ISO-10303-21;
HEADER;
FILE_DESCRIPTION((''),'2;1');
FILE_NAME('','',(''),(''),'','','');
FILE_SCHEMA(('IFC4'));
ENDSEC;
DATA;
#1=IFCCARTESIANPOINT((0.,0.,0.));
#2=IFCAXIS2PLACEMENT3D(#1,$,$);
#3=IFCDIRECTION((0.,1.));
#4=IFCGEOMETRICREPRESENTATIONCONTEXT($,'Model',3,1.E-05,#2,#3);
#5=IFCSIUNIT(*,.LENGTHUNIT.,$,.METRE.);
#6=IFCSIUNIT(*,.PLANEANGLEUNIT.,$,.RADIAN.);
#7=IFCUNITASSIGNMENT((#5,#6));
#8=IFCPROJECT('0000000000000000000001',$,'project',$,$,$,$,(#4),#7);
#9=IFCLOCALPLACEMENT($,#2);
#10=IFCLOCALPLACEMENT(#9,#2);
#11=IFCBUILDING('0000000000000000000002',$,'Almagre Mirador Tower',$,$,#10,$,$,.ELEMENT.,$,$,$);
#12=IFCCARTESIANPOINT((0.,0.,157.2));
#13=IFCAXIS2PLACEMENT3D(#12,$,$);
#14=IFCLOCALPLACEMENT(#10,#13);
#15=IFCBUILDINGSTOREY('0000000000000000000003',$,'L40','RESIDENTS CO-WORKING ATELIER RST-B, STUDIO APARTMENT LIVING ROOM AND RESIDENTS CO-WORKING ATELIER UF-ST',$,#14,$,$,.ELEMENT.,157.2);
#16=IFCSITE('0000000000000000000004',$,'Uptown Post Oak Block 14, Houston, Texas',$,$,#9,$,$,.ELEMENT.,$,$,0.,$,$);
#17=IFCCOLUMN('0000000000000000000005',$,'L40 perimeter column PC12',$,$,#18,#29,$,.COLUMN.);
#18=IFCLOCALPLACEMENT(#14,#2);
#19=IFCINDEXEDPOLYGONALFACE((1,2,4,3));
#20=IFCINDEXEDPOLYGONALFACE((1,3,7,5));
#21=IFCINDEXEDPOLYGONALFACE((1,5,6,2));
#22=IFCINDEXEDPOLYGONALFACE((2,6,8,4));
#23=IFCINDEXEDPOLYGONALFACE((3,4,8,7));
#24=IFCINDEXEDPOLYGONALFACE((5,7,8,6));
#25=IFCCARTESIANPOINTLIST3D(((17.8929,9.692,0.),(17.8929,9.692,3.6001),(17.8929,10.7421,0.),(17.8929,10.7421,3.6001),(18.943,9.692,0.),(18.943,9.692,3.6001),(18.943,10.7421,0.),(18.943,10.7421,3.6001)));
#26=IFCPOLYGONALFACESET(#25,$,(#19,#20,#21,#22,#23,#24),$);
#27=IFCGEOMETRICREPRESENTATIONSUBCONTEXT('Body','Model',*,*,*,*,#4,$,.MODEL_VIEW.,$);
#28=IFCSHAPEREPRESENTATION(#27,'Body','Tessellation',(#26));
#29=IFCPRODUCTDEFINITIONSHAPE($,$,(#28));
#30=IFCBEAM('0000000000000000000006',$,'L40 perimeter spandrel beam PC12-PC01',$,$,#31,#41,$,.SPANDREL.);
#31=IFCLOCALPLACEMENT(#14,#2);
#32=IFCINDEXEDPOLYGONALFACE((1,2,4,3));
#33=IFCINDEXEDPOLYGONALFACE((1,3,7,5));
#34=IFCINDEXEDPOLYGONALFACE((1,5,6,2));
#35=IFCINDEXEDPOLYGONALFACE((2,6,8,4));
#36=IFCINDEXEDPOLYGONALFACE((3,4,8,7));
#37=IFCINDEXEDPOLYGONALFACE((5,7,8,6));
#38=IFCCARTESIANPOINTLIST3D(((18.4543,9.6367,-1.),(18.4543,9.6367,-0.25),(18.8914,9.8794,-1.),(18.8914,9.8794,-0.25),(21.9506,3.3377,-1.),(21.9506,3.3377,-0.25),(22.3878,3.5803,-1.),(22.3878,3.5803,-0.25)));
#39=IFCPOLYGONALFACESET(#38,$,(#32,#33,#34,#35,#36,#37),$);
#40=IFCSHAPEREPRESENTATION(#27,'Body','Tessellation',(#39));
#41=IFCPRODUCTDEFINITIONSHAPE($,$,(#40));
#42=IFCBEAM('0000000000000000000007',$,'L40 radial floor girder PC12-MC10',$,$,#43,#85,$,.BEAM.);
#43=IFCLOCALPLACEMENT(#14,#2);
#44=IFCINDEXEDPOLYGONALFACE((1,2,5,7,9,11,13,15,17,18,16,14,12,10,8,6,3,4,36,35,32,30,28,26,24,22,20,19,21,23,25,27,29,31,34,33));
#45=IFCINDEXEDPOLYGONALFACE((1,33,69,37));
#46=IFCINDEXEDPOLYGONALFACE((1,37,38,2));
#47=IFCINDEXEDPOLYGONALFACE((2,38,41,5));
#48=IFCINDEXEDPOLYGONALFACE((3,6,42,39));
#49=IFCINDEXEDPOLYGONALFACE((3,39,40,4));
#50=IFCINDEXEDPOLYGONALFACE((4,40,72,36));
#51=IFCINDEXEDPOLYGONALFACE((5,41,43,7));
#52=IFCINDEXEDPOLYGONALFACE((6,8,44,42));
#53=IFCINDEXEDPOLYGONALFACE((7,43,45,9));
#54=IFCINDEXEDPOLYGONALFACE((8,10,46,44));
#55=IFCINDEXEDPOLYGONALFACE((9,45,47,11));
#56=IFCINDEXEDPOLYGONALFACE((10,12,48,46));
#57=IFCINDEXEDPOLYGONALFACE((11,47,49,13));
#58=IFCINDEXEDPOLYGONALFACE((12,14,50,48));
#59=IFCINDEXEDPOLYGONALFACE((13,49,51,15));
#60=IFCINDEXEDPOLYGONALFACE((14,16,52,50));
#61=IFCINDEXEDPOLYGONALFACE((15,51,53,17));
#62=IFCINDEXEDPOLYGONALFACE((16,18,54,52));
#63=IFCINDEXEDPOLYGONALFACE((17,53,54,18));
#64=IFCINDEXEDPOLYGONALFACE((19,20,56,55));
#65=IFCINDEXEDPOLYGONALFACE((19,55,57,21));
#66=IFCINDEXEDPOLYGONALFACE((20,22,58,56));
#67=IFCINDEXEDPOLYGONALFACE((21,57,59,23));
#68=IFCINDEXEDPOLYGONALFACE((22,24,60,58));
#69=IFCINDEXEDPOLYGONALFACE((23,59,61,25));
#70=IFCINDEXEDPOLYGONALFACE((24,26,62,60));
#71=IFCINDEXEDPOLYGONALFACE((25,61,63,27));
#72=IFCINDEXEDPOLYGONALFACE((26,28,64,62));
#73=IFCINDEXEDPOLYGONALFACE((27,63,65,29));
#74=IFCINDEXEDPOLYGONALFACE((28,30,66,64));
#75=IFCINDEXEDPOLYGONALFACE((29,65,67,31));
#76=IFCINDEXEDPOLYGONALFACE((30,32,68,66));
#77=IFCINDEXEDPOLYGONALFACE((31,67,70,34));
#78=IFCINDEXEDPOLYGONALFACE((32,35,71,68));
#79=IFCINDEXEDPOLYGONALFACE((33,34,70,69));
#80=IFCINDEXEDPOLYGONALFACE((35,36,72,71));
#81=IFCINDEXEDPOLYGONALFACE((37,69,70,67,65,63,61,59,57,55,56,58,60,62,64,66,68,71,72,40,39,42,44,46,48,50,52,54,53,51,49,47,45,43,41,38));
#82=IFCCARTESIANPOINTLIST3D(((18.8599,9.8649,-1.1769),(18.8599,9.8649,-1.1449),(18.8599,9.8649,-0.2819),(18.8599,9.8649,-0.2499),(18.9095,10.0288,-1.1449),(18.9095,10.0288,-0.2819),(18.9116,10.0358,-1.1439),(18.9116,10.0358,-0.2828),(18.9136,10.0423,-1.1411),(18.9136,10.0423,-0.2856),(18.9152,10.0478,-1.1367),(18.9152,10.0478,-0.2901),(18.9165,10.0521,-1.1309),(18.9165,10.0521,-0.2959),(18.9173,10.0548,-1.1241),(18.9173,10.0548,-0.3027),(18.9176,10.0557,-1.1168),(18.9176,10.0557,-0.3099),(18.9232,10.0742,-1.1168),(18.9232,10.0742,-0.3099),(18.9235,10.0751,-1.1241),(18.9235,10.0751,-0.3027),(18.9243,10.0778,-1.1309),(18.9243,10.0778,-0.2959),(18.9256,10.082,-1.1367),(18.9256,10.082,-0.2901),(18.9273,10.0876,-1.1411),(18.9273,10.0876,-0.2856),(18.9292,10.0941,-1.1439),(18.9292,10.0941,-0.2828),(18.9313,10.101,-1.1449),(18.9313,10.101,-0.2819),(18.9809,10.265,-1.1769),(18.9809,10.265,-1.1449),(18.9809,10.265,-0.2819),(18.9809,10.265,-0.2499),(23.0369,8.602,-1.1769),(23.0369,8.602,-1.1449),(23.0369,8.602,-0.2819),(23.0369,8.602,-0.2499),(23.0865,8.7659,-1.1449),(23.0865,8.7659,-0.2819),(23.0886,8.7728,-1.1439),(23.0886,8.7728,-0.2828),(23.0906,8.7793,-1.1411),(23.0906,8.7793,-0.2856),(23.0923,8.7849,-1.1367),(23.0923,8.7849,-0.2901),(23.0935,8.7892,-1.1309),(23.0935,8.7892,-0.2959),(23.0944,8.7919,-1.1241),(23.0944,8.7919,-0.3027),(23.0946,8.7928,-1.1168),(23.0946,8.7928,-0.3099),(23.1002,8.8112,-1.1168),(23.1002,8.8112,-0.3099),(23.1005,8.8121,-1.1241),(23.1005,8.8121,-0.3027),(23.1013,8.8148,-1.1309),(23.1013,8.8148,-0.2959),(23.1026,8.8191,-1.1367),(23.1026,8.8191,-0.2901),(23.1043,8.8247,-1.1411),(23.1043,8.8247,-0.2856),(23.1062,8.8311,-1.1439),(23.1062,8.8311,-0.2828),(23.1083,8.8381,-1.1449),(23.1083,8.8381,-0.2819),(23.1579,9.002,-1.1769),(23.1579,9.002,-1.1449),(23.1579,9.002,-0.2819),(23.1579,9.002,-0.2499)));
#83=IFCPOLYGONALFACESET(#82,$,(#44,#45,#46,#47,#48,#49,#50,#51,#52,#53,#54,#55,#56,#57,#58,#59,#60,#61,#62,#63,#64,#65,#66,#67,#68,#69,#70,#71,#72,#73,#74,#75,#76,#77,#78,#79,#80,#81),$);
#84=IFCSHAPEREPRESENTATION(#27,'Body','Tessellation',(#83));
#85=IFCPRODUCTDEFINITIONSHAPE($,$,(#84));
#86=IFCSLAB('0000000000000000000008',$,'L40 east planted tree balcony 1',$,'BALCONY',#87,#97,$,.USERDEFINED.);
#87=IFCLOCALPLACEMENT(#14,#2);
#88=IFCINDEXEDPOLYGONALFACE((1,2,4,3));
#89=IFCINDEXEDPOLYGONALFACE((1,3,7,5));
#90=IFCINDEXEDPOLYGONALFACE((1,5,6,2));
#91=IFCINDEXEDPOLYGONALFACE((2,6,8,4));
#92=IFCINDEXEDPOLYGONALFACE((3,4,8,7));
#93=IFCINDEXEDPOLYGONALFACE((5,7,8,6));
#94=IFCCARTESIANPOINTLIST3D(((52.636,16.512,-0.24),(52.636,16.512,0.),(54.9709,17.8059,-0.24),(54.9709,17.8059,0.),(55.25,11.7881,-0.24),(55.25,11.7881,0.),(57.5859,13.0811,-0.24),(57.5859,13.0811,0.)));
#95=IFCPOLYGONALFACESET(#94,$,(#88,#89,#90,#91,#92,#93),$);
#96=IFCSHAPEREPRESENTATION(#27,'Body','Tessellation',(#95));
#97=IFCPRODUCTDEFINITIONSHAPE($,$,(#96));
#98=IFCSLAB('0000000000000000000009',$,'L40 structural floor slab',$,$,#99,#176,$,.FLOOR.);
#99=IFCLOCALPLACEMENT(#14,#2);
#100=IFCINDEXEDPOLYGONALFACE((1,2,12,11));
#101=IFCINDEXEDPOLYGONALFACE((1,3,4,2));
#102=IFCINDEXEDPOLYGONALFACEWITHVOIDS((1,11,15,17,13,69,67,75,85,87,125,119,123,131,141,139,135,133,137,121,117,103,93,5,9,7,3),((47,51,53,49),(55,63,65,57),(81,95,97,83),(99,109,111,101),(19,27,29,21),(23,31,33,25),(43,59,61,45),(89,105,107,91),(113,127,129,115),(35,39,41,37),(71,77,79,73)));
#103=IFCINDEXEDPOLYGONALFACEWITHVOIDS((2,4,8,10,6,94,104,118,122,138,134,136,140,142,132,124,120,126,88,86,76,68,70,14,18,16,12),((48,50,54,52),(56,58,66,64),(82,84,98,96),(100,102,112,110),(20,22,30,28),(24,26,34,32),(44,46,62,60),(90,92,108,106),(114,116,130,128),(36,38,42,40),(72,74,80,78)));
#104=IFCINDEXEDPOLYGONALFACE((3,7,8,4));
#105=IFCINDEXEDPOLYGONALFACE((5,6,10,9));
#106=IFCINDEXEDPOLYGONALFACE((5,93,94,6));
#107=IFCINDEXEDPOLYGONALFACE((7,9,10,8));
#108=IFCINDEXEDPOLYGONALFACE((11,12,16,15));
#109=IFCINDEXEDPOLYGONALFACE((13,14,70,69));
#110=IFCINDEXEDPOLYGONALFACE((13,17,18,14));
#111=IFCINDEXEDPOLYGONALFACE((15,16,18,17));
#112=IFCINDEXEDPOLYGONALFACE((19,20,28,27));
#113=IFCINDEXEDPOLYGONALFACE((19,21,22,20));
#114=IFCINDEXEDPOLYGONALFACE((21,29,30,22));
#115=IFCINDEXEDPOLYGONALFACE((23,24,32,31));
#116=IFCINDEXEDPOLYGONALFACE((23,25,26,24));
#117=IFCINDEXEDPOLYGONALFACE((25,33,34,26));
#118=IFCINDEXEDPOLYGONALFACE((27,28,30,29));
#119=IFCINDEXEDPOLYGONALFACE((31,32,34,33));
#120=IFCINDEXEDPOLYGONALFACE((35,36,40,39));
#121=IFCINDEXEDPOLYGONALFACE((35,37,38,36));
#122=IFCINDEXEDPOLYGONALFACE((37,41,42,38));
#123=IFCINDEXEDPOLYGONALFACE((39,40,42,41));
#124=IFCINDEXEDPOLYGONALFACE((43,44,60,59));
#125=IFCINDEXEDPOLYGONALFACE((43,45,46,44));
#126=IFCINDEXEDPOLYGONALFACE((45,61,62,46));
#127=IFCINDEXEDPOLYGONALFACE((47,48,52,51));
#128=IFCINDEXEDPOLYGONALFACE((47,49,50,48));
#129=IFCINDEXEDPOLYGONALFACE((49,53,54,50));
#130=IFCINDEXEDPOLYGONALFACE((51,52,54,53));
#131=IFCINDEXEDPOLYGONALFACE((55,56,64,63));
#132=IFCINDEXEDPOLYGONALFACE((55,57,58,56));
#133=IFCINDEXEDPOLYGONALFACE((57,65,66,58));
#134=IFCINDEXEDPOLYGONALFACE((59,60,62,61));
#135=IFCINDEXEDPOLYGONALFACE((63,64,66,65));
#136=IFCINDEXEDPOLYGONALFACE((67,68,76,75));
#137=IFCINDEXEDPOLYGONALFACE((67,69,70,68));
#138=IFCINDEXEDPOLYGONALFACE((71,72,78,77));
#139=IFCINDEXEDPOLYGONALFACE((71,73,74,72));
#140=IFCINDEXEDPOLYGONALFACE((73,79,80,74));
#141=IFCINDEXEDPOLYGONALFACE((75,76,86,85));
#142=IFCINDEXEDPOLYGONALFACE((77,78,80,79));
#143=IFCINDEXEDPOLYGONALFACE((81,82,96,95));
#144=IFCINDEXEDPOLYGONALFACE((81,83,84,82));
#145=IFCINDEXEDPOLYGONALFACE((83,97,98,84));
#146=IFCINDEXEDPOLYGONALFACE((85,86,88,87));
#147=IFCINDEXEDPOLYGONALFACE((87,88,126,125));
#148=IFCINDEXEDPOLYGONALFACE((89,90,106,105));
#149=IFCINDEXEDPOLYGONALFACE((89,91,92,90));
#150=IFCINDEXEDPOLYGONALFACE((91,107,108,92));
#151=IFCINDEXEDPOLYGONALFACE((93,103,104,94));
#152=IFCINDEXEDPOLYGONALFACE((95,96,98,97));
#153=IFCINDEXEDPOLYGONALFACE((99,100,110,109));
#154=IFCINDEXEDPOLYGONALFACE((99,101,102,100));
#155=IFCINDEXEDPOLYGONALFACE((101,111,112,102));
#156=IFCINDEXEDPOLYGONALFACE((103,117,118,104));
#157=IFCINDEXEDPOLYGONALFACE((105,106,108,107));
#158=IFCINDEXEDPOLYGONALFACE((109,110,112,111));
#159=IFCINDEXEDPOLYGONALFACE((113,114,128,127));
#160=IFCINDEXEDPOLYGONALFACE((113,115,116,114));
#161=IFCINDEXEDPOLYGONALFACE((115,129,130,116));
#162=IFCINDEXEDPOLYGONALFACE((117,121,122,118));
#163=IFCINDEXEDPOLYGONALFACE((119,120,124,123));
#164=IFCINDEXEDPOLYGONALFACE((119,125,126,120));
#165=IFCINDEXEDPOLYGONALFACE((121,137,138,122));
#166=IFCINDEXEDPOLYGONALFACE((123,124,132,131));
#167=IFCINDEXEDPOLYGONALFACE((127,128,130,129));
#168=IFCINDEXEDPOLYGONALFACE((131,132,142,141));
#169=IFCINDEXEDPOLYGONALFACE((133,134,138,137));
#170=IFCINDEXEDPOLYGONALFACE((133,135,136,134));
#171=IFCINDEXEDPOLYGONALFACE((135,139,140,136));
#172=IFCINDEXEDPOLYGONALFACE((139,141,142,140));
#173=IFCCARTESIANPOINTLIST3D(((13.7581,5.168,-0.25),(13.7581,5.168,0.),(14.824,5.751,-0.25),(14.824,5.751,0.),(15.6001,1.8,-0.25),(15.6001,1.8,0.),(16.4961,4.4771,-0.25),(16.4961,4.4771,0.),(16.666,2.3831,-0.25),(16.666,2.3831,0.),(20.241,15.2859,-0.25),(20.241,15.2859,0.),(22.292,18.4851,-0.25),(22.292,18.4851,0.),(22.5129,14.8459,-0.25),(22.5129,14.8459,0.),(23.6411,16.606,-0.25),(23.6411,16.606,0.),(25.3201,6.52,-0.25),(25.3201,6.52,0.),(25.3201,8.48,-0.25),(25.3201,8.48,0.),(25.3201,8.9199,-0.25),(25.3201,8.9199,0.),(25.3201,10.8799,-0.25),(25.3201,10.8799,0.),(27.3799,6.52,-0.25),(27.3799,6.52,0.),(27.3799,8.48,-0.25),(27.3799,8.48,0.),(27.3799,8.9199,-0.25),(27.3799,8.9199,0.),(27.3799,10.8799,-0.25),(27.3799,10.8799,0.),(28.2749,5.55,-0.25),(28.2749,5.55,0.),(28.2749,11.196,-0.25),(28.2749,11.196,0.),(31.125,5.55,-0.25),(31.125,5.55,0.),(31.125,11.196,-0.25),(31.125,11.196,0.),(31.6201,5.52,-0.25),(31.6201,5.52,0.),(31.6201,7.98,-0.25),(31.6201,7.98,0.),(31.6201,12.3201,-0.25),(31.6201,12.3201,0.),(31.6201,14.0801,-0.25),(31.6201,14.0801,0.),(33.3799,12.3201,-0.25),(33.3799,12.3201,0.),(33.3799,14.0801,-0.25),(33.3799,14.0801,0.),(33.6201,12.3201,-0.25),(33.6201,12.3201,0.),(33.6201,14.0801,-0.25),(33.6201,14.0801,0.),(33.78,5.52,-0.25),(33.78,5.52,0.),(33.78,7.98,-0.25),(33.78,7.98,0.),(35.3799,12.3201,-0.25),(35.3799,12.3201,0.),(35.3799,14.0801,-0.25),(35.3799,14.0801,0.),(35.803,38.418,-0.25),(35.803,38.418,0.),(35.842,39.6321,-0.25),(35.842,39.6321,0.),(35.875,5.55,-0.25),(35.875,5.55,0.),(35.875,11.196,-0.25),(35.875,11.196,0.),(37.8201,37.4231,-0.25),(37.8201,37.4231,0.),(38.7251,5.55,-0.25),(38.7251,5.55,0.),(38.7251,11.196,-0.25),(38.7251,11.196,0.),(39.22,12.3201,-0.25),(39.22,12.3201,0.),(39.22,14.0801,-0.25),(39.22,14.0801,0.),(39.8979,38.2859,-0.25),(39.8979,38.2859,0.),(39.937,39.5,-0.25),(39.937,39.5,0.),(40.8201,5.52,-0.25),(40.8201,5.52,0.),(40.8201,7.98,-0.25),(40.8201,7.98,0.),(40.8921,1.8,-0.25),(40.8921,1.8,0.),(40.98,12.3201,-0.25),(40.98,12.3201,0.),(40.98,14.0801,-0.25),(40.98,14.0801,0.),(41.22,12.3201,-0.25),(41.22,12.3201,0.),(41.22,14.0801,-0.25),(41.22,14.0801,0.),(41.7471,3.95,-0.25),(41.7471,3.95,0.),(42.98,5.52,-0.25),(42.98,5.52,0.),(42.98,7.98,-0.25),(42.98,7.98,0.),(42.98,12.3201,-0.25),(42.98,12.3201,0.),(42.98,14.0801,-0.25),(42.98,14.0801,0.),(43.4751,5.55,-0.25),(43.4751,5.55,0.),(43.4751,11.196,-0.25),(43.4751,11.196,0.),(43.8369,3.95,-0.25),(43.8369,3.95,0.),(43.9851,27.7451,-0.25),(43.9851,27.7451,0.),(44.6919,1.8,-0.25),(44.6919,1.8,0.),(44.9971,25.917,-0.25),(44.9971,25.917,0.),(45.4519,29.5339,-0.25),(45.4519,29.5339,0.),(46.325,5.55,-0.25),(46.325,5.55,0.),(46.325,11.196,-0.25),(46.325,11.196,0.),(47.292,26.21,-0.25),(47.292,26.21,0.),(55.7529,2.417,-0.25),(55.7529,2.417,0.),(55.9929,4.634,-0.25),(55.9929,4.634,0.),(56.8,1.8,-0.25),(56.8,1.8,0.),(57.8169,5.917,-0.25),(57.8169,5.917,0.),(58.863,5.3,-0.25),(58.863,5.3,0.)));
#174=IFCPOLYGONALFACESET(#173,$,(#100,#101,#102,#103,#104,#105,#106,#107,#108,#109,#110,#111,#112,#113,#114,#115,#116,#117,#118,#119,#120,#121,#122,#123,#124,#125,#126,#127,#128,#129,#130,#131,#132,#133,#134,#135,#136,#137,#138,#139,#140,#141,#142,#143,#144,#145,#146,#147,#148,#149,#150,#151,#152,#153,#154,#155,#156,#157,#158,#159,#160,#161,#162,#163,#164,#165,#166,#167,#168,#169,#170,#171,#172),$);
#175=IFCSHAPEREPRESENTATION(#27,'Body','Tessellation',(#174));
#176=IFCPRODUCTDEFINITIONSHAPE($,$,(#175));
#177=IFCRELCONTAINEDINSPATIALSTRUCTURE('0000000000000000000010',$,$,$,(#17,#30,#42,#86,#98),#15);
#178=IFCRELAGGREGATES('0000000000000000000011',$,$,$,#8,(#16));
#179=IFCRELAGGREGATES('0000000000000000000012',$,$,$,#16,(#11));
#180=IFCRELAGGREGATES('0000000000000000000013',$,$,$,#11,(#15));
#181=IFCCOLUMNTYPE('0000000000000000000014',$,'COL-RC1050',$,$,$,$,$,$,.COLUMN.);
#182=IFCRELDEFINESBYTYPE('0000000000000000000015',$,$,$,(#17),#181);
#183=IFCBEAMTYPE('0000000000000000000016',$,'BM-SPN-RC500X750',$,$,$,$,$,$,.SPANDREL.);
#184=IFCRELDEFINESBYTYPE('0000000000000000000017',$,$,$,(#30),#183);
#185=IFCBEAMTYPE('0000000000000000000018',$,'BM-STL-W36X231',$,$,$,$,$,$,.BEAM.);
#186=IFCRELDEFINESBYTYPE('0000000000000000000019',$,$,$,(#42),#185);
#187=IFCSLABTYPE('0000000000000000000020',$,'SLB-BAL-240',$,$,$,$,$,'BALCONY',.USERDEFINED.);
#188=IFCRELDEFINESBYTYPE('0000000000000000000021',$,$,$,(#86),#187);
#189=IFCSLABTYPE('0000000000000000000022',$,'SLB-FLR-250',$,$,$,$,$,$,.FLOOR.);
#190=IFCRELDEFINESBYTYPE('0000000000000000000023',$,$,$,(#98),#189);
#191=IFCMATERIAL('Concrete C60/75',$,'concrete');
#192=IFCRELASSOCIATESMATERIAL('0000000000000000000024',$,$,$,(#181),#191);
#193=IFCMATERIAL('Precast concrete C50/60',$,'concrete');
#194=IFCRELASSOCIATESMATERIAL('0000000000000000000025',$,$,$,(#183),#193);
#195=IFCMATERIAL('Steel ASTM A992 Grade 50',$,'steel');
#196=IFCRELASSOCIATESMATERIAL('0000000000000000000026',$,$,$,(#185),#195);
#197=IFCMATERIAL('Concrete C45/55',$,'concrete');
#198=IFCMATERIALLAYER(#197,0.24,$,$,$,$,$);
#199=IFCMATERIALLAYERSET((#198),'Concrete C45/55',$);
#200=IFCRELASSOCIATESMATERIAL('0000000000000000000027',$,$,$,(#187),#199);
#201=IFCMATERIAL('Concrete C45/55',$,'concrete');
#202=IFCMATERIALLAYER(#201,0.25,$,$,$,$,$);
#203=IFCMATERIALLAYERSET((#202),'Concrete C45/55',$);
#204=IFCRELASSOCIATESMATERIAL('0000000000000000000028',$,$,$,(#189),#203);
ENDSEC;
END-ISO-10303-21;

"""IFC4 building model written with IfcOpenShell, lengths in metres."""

from ifc_helpers import new_model, si_unit, direction, frame, origin, origin_2d, place, context, subcontext, project, spatial, polyline, rectangle, i_section, outline, extrude, material, layer, layer_set, material_profile, profile_set, type_object, element, save


model = new_model("IFC4")

# Units and contexts
model_context = context("Model", 3, precision=1e-05, world=origin(), true_north=direction((0.0, 1.0)))
body_context = subcontext(model_context, "Body", "Model", "MODEL_VIEW")
ifc_project = project(units=[si_unit("LENGTHUNIT", "METRE"), si_unit("PLANEANGLEUNIT", "RADIAN")], contexts=[model_context])

# Site, building, storey
site_placement = place(None, origin())
site = spatial("IfcSite", under=ifc_project, at=site_placement, Name="Uptown Post Oak Block 14, Houston, Texas", CompositionType="ELEMENT", RefElevation=0.0)
building_placement = place(site_placement, origin())
building = spatial("IfcBuilding", under=site, at=building_placement, Name="Almagre Mirador Tower", CompositionType="ELEMENT")
storey_placement = place(building_placement, frame((0.0, 0.0, 157.2)))
storey = spatial("IfcBuildingStorey", under=building, at=storey_placement, Name="L40", Description="RESIDENTS CO-WORKING ATELIER RST-B, STUDIO APARTMENT LIVING ROOM AND RESIDENTS CO-WORKING ATELIER UF-ST", CompositionType="ELEMENT", Elevation=157.2)

# Column
ifc_material_1 = material(Name="Concrete C60/75", Category="concrete")
ifc_material_profile_1 = material_profile(ifc_material_1, rectangle(XDim=1.05, YDim=1.05, at=origin_2d()), Name="RC1050X1050")
ifc_profile_set_1 = profile_set([ifc_material_profile_1], Name="Concrete C60/75")
column_type = type_object("IfcColumnType", Name="COL-RC1050", PredefinedType="COLUMN", material=ifc_profile_set_1)
column_placement = place(storey_placement, frame((18.418, 10.217, 0.0), z_axis=(0.0, 0.0, 1.0), x_axis=(1.0, 0.0, 0.0)))
element("IfcColumn", 1, at=column_placement, inside=storey, type_object=column_type, Name="L40 perimeter column PC12", PredefinedType="COLUMN", context=body_context, shape_type="SweptSolid", body=[
    extrude(rectangle(XDim=1.05, YDim=1.05, at=origin_2d()), origin(), (0.0, 0.0, 1.0), 3.6001),
])

# Beams
ifc_material_2 = material(Name="Precast concrete C50/60", Category="concrete")
ifc_material_profile_2 = material_profile(ifc_material_2, rectangle(XDim=0.5, YDim=0.75, at=origin_2d()), Name="RC500X750")
ifc_profile_set_2 = profile_set([ifc_material_profile_2], Name="Precast concrete C50/60")
beam_type_1 = type_object("IfcBeamType", Name="BM-SPN-RC500X750", PredefinedType="SPANDREL", material=ifc_profile_set_2)
beam_1_placement = place(storey_placement, frame((18.6729, 9.7581, -0.625), z_axis=(0.485309, -0.874343, 0.0), x_axis=(0.874343, 0.485309, 0.0)))
element("IfcBeam", 2, at=beam_1_placement, inside=storey, type_object=beam_type_1, Name="L40 perimeter spandrel beam PC12-PC01", PredefinedType="SPANDREL", context=body_context, shape_type="SweptSolid", body=[
    extrude(rectangle(XDim=0.5, YDim=0.75, at=origin_2d()), origin(), (0.0, 0.0, 1.0), 7.2043),
])
ifc_material_3 = material(Name="Steel ASTM A992 Grade 50", Category="steel")
ifc_material_profile_3 = material_profile(ifc_material_3, i_section(OverallWidth=0.418, OverallDepth=0.927, WebThickness=0.0193, FlangeThickness=0.032, FilletRadius=0.0281, at=origin_2d()), Name="W36X231")
ifc_profile_set_3 = profile_set([ifc_material_profile_3], Name="Steel ASTM A992 Grade 50")
beam_type_2 = type_object("IfcBeamType", Name="BM-STL-W36X231", PredefinedType="BEAM", material=ifc_profile_set_3)
beam_2_placement = place(storey_placement, frame((18.9204, 10.0649, -0.7134), z_axis=(0.957203, -0.289416, 0.0), x_axis=(0.289416, 0.957203, 0.0)))
element("IfcBeam", 3, at=beam_2_placement, inside=storey, type_object=beam_type_2, Name="L40 radial floor girder PC12-MC10", PredefinedType="BEAM", context=body_context, shape_type="SweptSolid", body=[
    extrude(i_section(OverallWidth=0.418, OverallDepth=0.927, WebThickness=0.0193, FlangeThickness=0.032, FilletRadius=0.0281, at=origin_2d()), origin(), (0.0, 0.0, 1.0), 4.3638),
])

# Slabs
ifc_material_4 = material(Name="Concrete C45/55", Category="concrete")
ifc_layer_1 = layer(ifc_material_4, 0.24)
ifc_layer_set_1 = layer_set([ifc_layer_1], Name="Concrete C45/55")
slab_type_1 = type_object("IfcSlabType", Name="SLB-BAL-240", ElementType="BALCONY", PredefinedType="USERDEFINED", material=ifc_layer_set_1)
slab_1_placement = place(storey_placement, frame((0.0, 0.0, -0.24)))
element("IfcSlab", 4, at=slab_1_placement, inside=storey, type_object=slab_type_1, Name="L40 east planted tree balcony 1", ObjectType="BALCONY", PredefinedType="USERDEFINED", context=body_context, shape_type="SweptSolid", body=[
    extrude(outline(polyline([(55.25, 11.7881), (52.636, 16.512), (54.9709, 17.8059), (57.5859, 13.0811), (55.25, 11.7881)])), origin(), (0.0, 0.0, 1.0), 0.24),
])
ifc_material_5 = material(Name="Concrete C45/55", Category="concrete")
ifc_layer_2 = layer(ifc_material_5, 0.25)
ifc_layer_set_2 = layer_set([ifc_layer_2], Name="Concrete C45/55")
slab_type_2 = type_object("IfcSlabType", Name="SLB-FLR-250", PredefinedType="FLOOR", material=ifc_layer_set_2)
slab_2_placement = place(storey_placement, frame((0.0, 0.0, -0.25)))
element("IfcSlab", 5, at=slab_2_placement, inside=storey, type_object=slab_type_2, Name="L40 structural floor slab", PredefinedType="FLOOR", context=body_context, shape_type="SweptSolid", body=[
    extrude(outline(polyline([(13.7581, 5.168), (14.824, 5.751), (16.4961, 4.4771), (16.666, 2.3831), (15.6001, 1.8), (40.8921, 1.8), (41.7471, 3.95), (43.8369, 3.95), (44.6919, 1.8), (56.8, 1.8), (55.7529, 2.417), (55.9929, 4.634), (57.8169, 5.917), (58.863, 5.3), (47.292, 26.21), (44.9971, 25.917), (43.9851, 27.7451), (45.4519, 29.5339), (39.937, 39.5), (39.8979, 38.2859), (37.8201, 37.4231), (35.803, 38.418), (35.842, 39.6321), (22.292, 18.4851), (23.6411, 16.606), (22.5129, 14.8459), (20.241, 15.2859), (13.7581, 5.168)]), holes=[polyline([(43.4751, 5.55), (43.4751, 11.196), (46.325, 11.196), (46.325, 5.55), (43.4751, 5.55)]), polyline([(40.8201, 5.52), (40.8201, 7.98), (42.98, 7.98), (42.98, 5.52), (40.8201, 5.52)]), polyline([(41.22, 12.3201), (41.22, 14.0801), (42.98, 14.0801), (42.98, 12.3201), (41.22, 12.3201)]), polyline([(39.22, 12.3201), (39.22, 14.0801), (40.98, 14.0801), (40.98, 12.3201), (39.22, 12.3201)]), polyline([(35.875, 11.196), (38.7251, 11.196), (38.7251, 5.55), (35.875, 5.55), (35.875, 11.196)]), polyline([(35.3799, 12.3201), (33.6201, 12.3201), (33.6201, 14.0801), (35.3799, 14.0801), (35.3799, 12.3201)]), polyline([(33.78, 5.52), (31.6201, 5.52), (31.6201, 7.98), (33.78, 7.98), (33.78, 5.52)]), polyline([(31.6201, 12.3201), (31.6201, 14.0801), (33.3799, 14.0801), (33.3799, 12.3201), (31.6201, 12.3201)]), polyline([(28.2749, 5.55), (28.2749, 11.196), (31.125, 11.196), (31.125, 5.55), (28.2749, 5.55)]), polyline([(25.3201, 8.9199), (25.3201, 10.8799), (27.3799, 10.8799), (27.3799, 8.9199), (25.3201, 8.9199)]), polyline([(27.3799, 6.52), (25.3201, 6.52), (25.3201, 8.48), (27.3799, 8.48), (27.3799, 6.52)])]), origin(), (0.0, 0.0, 1.0), 0.25),
])

save(model, "model.ifc")
